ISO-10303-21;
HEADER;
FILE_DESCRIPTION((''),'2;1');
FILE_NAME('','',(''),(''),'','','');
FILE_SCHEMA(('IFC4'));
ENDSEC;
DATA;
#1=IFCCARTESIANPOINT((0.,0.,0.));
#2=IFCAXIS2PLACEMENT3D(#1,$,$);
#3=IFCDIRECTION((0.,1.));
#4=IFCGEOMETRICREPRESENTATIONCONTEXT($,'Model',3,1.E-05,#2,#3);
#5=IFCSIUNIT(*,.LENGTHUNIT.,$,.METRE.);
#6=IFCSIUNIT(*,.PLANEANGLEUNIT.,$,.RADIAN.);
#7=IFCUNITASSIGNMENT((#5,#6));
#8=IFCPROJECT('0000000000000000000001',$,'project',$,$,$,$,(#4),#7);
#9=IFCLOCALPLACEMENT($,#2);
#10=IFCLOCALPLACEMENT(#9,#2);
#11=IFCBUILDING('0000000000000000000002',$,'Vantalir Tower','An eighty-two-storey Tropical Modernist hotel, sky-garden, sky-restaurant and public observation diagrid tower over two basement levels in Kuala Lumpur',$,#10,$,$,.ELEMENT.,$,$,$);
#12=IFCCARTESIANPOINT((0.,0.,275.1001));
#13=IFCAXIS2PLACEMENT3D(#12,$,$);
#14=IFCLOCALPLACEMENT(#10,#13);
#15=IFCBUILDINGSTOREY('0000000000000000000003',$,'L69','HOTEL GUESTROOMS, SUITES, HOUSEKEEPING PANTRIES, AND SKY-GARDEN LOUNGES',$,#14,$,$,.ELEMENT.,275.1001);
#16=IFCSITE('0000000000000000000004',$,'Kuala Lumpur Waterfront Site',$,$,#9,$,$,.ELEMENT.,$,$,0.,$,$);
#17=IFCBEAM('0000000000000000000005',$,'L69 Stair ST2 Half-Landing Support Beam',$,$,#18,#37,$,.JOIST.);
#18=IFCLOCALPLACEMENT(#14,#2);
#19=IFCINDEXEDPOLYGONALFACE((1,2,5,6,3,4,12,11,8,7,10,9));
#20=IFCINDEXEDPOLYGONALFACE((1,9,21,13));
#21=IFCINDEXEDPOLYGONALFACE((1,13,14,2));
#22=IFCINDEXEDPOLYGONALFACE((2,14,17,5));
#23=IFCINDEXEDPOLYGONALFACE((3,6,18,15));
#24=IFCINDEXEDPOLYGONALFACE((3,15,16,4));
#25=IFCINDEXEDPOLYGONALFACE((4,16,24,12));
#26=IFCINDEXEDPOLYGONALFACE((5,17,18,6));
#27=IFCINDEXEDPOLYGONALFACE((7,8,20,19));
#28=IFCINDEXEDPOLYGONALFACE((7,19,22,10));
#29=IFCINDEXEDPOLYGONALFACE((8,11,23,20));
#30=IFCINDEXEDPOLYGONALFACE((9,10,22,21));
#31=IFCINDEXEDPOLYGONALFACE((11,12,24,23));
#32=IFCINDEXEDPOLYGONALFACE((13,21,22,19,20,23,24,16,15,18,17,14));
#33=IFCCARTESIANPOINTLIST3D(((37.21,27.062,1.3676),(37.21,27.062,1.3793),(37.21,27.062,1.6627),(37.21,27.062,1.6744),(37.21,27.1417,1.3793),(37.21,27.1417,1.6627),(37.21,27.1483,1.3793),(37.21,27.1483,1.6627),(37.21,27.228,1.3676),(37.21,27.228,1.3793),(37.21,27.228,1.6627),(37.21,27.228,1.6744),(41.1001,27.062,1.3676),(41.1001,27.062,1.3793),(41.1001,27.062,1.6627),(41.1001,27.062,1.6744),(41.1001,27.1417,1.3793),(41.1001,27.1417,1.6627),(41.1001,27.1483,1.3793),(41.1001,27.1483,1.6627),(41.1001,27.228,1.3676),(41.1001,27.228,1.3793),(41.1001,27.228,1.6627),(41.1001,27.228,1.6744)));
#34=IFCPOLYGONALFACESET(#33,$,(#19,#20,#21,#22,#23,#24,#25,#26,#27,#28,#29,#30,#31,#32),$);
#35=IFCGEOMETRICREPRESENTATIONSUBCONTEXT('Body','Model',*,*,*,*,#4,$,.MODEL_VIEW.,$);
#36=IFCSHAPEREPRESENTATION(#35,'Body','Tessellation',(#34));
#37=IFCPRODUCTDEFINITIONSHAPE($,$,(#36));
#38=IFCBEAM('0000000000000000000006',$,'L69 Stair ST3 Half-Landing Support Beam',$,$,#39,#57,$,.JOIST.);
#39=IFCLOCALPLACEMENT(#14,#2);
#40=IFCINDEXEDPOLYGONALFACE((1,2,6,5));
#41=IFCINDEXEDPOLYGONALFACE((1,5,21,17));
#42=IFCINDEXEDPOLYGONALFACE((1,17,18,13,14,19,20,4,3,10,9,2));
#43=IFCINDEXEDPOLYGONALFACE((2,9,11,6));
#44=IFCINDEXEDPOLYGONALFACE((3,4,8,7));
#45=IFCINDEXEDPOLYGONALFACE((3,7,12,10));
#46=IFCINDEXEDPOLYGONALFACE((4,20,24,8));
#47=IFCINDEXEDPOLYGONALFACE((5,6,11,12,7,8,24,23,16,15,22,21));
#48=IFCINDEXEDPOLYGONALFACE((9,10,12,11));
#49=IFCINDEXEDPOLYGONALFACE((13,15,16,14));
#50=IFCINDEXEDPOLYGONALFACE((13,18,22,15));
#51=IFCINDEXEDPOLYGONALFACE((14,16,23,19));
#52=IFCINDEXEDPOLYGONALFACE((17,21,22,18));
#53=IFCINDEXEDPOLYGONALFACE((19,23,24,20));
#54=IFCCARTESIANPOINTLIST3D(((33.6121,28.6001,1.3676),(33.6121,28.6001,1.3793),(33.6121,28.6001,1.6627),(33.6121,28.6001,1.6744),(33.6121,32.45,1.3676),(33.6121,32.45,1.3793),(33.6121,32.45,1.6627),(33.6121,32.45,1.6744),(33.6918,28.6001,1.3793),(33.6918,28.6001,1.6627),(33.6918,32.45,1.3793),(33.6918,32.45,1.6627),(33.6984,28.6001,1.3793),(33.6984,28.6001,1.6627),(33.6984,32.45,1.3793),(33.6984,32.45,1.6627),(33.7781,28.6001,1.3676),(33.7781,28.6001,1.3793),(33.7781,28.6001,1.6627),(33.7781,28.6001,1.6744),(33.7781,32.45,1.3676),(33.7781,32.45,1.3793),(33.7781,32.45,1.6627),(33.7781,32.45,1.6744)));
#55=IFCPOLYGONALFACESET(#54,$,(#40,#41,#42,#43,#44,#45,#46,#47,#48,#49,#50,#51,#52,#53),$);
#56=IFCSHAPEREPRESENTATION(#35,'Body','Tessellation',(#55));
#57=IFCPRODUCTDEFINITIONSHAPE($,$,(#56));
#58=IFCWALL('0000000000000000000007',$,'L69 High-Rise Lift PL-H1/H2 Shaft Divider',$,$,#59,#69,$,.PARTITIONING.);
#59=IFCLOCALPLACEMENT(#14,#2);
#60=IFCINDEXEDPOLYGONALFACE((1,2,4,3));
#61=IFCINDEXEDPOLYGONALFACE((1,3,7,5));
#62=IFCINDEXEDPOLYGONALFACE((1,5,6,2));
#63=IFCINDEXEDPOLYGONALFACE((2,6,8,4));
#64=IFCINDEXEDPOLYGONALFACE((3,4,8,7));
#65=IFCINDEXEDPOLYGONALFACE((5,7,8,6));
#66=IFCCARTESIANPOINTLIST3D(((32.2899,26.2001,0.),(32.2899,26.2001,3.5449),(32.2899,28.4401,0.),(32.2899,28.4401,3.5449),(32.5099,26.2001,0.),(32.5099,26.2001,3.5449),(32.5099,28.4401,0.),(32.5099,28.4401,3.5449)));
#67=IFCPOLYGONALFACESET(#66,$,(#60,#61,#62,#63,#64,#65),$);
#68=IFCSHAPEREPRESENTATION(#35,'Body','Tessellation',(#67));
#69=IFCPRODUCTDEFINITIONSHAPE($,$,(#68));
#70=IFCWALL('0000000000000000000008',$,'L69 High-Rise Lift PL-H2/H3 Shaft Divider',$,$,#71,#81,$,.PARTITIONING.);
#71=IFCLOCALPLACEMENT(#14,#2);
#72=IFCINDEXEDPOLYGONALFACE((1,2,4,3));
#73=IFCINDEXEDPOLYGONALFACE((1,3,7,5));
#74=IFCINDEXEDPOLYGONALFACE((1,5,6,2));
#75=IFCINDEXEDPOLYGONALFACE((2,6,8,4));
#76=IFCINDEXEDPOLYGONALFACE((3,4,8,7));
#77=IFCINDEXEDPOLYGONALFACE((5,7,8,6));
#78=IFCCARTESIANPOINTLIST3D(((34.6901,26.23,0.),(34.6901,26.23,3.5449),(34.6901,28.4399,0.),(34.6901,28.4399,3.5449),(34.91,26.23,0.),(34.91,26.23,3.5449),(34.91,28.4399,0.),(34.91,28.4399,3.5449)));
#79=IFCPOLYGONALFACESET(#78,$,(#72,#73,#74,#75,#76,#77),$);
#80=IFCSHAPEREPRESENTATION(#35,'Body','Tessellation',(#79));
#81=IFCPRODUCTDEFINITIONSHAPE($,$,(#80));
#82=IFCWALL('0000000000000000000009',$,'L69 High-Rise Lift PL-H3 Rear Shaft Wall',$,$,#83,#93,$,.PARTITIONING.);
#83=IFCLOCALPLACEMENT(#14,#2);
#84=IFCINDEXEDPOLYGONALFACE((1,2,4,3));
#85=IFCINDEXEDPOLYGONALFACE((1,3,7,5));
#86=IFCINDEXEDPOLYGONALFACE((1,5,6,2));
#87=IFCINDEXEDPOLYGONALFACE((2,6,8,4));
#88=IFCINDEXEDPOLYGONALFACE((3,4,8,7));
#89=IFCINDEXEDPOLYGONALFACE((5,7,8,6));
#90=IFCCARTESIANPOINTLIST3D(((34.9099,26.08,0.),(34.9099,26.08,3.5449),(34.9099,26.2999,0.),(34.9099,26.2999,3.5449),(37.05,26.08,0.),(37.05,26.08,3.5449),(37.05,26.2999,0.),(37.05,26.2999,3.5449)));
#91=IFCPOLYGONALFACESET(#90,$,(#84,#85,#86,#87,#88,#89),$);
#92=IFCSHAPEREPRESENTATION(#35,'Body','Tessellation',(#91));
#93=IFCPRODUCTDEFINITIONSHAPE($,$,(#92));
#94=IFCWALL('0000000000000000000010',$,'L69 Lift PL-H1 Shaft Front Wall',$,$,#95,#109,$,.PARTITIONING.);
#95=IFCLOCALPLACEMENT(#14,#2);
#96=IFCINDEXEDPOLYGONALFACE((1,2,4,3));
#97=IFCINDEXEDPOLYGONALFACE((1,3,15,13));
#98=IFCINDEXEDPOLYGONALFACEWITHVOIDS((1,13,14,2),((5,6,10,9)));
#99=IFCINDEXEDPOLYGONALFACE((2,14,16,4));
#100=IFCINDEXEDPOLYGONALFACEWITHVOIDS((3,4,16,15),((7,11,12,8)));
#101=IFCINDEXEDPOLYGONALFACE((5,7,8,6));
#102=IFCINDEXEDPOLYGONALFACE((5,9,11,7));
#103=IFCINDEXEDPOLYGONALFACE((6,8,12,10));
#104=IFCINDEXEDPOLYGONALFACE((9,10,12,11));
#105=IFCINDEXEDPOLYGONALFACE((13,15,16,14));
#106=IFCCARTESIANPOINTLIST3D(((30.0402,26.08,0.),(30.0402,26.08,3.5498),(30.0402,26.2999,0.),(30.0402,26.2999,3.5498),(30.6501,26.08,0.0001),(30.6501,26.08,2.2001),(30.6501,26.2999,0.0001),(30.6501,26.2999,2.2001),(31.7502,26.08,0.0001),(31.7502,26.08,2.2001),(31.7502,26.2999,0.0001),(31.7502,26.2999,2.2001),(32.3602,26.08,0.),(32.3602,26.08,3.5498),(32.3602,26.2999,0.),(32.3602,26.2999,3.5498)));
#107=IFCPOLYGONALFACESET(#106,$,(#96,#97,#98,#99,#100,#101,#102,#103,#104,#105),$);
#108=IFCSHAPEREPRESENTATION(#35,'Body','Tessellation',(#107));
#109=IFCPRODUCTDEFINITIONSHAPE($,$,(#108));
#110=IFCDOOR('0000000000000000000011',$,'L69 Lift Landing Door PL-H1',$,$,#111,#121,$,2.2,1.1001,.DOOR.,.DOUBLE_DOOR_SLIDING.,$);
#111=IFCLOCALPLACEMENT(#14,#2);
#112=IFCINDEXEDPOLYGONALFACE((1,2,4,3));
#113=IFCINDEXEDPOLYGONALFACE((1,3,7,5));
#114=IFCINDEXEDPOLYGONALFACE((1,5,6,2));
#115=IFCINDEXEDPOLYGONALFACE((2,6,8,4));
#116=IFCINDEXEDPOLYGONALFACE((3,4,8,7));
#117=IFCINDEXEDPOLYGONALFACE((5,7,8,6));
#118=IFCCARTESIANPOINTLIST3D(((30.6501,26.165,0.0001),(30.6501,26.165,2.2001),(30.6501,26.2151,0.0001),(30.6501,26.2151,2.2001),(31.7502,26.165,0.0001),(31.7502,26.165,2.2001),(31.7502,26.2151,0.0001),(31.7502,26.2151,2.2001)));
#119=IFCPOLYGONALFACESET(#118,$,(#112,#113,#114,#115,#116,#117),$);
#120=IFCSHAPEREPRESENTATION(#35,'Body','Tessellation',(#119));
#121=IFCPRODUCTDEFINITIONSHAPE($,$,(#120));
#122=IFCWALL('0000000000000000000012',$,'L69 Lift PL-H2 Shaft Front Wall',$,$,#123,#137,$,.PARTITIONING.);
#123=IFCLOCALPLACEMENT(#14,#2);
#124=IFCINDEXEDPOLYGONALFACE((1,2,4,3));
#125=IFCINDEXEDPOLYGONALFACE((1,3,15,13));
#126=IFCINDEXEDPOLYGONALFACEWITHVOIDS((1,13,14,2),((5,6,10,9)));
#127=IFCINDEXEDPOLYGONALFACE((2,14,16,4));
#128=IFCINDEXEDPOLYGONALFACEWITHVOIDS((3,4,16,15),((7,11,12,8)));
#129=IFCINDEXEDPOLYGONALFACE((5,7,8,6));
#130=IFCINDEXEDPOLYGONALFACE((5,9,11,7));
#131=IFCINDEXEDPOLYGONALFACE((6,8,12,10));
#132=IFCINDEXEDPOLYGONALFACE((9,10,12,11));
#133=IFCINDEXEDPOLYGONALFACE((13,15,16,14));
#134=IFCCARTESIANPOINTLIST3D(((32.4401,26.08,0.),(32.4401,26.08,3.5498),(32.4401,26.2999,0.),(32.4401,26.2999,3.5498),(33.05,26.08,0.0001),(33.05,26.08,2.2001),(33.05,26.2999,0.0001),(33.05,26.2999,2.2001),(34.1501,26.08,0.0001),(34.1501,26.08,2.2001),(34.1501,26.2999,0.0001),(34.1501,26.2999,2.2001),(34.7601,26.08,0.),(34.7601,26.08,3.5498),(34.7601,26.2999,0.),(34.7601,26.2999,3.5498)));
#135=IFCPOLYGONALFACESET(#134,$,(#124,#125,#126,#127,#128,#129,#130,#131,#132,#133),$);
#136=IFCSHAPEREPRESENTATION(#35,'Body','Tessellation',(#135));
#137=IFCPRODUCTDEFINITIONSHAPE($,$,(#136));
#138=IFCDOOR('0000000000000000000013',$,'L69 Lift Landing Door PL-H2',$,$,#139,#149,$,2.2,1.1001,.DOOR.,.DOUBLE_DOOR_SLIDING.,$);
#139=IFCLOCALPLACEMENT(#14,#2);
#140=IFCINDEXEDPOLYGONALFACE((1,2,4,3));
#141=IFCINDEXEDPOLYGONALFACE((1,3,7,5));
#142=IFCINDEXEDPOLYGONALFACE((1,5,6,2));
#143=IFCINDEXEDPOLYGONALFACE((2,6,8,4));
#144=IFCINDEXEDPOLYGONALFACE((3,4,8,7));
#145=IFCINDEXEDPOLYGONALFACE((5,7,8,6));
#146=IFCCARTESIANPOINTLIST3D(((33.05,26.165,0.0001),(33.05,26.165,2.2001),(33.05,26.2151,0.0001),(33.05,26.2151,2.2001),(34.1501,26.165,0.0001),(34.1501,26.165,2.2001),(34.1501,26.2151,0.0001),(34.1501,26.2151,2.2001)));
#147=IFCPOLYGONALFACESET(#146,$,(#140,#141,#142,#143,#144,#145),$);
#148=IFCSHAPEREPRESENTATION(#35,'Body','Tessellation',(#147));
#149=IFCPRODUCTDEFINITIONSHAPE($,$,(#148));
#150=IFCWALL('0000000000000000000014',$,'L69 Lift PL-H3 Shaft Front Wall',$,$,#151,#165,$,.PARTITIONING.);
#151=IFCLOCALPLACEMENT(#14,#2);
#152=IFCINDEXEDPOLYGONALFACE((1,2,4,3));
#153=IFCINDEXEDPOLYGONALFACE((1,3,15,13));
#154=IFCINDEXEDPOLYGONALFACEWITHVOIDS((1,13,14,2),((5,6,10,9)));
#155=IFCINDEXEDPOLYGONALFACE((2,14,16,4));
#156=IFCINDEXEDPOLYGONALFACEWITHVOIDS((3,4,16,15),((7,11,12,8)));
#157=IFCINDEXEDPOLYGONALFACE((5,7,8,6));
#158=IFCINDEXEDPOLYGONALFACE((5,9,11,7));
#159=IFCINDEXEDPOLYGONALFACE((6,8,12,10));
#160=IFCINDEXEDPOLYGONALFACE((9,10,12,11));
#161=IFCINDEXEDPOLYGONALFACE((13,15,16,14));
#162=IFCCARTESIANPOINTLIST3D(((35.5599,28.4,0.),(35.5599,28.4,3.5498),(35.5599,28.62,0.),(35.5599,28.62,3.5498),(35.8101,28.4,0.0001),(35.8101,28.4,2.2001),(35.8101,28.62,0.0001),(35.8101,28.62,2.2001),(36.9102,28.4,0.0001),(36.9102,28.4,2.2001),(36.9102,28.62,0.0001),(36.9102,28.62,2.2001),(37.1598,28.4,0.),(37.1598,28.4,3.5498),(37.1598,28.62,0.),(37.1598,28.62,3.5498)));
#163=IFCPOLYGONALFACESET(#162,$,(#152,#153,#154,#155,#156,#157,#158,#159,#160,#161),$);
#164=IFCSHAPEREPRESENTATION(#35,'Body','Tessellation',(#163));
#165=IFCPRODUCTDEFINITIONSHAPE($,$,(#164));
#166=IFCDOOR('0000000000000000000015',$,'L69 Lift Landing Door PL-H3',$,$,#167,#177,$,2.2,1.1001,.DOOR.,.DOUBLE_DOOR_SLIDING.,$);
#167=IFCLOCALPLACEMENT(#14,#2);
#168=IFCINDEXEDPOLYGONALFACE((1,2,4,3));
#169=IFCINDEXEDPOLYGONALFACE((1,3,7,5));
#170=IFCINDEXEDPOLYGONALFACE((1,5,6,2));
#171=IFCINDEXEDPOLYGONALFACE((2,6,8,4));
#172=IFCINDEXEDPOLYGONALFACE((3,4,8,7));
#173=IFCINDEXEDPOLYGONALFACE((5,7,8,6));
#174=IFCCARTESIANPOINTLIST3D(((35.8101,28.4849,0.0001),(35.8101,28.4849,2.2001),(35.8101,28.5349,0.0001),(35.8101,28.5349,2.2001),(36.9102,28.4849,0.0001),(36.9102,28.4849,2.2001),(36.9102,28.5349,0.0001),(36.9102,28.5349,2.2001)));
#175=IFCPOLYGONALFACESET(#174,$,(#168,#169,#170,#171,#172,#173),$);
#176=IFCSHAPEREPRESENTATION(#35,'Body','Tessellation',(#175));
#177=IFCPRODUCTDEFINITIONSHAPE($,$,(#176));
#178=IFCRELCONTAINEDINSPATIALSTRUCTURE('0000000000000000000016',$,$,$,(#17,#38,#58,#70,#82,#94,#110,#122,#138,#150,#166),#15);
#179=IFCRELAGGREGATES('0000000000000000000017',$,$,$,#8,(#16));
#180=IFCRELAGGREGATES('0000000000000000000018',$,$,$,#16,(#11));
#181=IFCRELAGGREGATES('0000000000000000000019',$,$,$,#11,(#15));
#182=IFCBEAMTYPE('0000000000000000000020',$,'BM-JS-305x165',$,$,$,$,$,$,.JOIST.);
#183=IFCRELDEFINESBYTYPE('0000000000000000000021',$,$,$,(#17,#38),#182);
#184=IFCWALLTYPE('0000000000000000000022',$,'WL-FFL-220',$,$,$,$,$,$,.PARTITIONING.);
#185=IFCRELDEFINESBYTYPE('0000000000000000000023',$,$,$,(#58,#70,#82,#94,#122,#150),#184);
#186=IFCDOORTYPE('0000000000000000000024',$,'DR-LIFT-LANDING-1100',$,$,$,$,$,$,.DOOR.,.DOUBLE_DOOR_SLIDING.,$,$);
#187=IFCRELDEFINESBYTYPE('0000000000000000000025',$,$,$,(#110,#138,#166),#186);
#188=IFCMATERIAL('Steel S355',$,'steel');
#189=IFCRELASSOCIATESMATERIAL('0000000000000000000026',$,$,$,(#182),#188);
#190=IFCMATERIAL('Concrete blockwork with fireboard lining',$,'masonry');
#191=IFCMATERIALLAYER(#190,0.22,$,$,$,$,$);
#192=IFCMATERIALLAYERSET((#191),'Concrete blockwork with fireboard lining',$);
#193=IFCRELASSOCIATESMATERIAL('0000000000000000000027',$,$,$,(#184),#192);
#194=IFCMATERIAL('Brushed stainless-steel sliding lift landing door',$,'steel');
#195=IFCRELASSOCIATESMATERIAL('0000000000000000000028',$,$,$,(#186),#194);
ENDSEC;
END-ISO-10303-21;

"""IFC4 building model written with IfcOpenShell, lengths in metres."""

from ifc_helpers import new_model, si_unit, direction, frame, frame_2d, origin, origin_2d, place, context, subcontext, project, spatial, rectangle, i_section, extrude, material, layer, layer_set, material_profile, profile_set, type_object, element, fill, save


model = new_model("IFC4")

# Units and contexts
model_context = context("Model", 3, precision=1e-05, world=origin(), true_north=direction((0.0, 1.0)))
body_context = subcontext(model_context, "Body", "Model", "MODEL_VIEW")
ifc_project = project(units=[si_unit("LENGTHUNIT", "METRE"), si_unit("PLANEANGLEUNIT", "RADIAN")], contexts=[model_context])

# Site, building, storey
site_placement = place(None, origin())
site = spatial("IfcSite", under=ifc_project, at=site_placement, Name="Kuala Lumpur Waterfront Site", CompositionType="ELEMENT", RefElevation=0.0)
building_placement = place(site_placement, origin())
building = spatial("IfcBuilding", under=site, at=building_placement, Name="Vantalir Tower", Description="An eighty-two-storey Tropical Modernist hotel, sky-garden, sky-restaurant and public observation diagrid tower over two basement levels in Kuala Lumpur", CompositionType="ELEMENT")
storey_placement = place(building_placement, frame((0.0, 0.0, 275.1001)))
storey = spatial("IfcBuildingStorey", under=building, at=storey_placement, Name="L69", Description="HOTEL GUESTROOMS, SUITES, HOUSEKEEPING PANTRIES, AND SKY-GARDEN LOUNGES", CompositionType="ELEMENT", Elevation=275.1001)

# Beams
ifc_material_1 = material(Name="Steel S355", Category="steel")
ifc_material_profile = material_profile(ifc_material_1, i_section(OverallWidth=0.166, OverallDepth=0.3069, WebThickness=0.0066, FlangeThickness=0.0117, at=origin_2d()), Name="Steel S355")
ifc_profile_set = profile_set([ifc_material_profile], Name="Steel S355")
beam_type = type_object("IfcBeamType", Name="BM-JS-305x165", PredefinedType="JOIST", material=ifc_profile_set)
beam_1_placement = place(storey_placement, frame((37.21, 27.145, 1.521), z_axis=(1.0, 0.0, 0.0), x_axis=(0.0, 1.0, 0.0)))
element("IfcBeam", 1, at=beam_1_placement, inside=storey, type_object=beam_type, Name="L69 Stair ST2 Half-Landing Support Beam", PredefinedType="JOIST", context=body_context, shape_type="SweptSolid", body=[
    extrude(i_section(OverallWidth=0.166, OverallDepth=0.3069, WebThickness=0.0066, FlangeThickness=0.0117, at=origin_2d()), origin(), (0.0, 0.0, 1.0), 3.8901),
])
beam_2_placement = place(storey_placement, frame((33.6951, 28.6001, 1.521), z_axis=(0.0, 1.0, 0.0), x_axis=(-1.0, 0.0, 0.0)))
element("IfcBeam", 2, at=beam_2_placement, inside=storey, type_object=beam_type, Name="L69 Stair ST3 Half-Landing Support Beam", PredefinedType="JOIST", context=body_context, shape_type="SweptSolid", body=[
    extrude(i_section(OverallWidth=0.166, OverallDepth=0.3069, WebThickness=0.0066, FlangeThickness=0.0117, at=origin_2d()), origin(), (0.0, 0.0, 1.0), 3.8499),
])

# Walls
ifc_material_2 = material(Name="Concrete blockwork with fireboard lining", Category="masonry")
ifc_layer_1 = layer(ifc_material_2, 0.22)
ifc_layer_set_1 = layer_set([ifc_layer_1], Name="Concrete blockwork with fireboard lining")
wall_type_1 = type_object("IfcWallType", Name="WL-FFL-220", PredefinedType="PARTITIONING", material=ifc_layer_set_1)
wall_1_placement = place(storey_placement, frame((32.3999, 26.2, 0.0), z_axis=(0.0, 0.0, 1.0), x_axis=(0.0, 1.0, 0.0)))
element("IfcWall", 3, at=wall_1_placement, inside=storey, type_object=wall_type_1, Name="L69 High-Rise Lift PL-H1/H2 Shaft Divider", PredefinedType="PARTITIONING", context=body_context, shape_type="SweptSolid", body=[
    extrude(rectangle(XDim=2.24, YDim=0.22, at=frame_2d((1.1201, 0.0))), origin(), (0.0, 0.0, 1.0), 3.5449),
])
wall_2_placement = place(storey_placement, frame((34.8, 26.23, 0.0), z_axis=(0.0, 0.0, 1.0), x_axis=(0.0, 1.0, 0.0)))
element("IfcWall", 4, at=wall_2_placement, inside=storey, type_object=wall_type_1, Name="L69 High-Rise Lift PL-H2/H3 Shaft Divider", PredefinedType="PARTITIONING", context=body_context, shape_type="SweptSolid", body=[
    extrude(rectangle(XDim=2.21, YDim=0.22, at=frame_2d((1.105, 0.0))), origin(), (0.0, 0.0, 1.0), 3.5449),
])
wall_3_placement = place(storey_placement, frame((34.9099, 26.1899, 0.0), z_axis=(0.0, 0.0, 1.0), x_axis=(1.0, 0.0, 0.0)))
element("IfcWall", 5, at=wall_3_placement, inside=storey, type_object=wall_type_1, Name="L69 High-Rise Lift PL-H3 Rear Shaft Wall", PredefinedType="PARTITIONING", context=body_context, shape_type="SweptSolid", body=[
    extrude(rectangle(XDim=2.1401, YDim=0.22, at=frame_2d((1.0701, 0.0))), origin(), (0.0, 0.0, 1.0), 3.5449),
])

# Walls, openings, doors
wall_4_placement = place(storey_placement, frame((30.04, 26.1899, 0.0), z_axis=(0.0, 0.0, 1.0), x_axis=(1.0, 0.0, 0.0)))
wall_4 = element("IfcWall", 6, at=wall_4_placement, inside=storey, type_object=wall_type_1, Name="L69 Lift PL-H1 Shaft Front Wall", PredefinedType="PARTITIONING", context=body_context, shape_type="SweptSolid", body=[
    extrude(rectangle(XDim=2.3201, YDim=0.22, at=frame_2d((1.1602, 0.0))), origin(), (0.0, 0.0, 1.0), 3.5498),
])
opening_1_placement = place(wall_4_placement, frame((0.6101, 0.0, 0.0)))
opening_1 = element("IfcOpeningElement", 7, at=opening_1_placement, cuts=wall_4, PredefinedType="OPENING", context=body_context, shape_type="SweptSolid", body=[
    extrude(rectangle(XDim=1.1001, YDim=2.2, at=frame_2d((0.55, 1.1001))), frame((0.0, 0.1199, 0.0), z_axis=(0.0, -1.0, 0.0), x_axis=(1.0, 0.0, 0.0)), (0.0, 0.0, 1.0), 0.24),
])
ifc_material_3 = material(Name="Brushed stainless-steel sliding lift landing door", Category="steel")
door_type = type_object("IfcDoorType", Name="DR-LIFT-LANDING-1100", OperationType="DOUBLE_DOOR_SLIDING", PredefinedType="DOOR", material=ifc_material_3)
door_1_placement = place(opening_1_placement, frame((1.1001, 0.0, 0.0), z_axis=(0.0, 0.0, 1.0), x_axis=(-1.0, 0.0, 0.0)))
door_1 = element("IfcDoor", 8, at=door_1_placement, inside=storey, type_object=door_type, Name="L69 Lift Landing Door PL-H1", OperationType="DOUBLE_DOOR_SLIDING", OverallHeight=2.2, OverallWidth=1.1001, PredefinedType="DOOR", context=body_context, shape_type="SweptSolid", body=[
    extrude(rectangle(XDim=1.1001, YDim=2.2, at=frame_2d((0.55, 1.1001))), frame((0.0, 0.0249, 0.0), z_axis=(0.0, -1.0, 0.0), x_axis=(1.0, 0.0, 0.0)), (0.0, 0.0, 1.0), 0.05),
])
fill(opening_1, door_1)
wall_5_placement = place(storey_placement, frame((32.4399, 26.1899, 0.0), z_axis=(0.0, 0.0, 1.0), x_axis=(1.0, 0.0, 0.0)))
wall_5 = element("IfcWall", 9, at=wall_5_placement, inside=storey, type_object=wall_type_1, Name="L69 Lift PL-H2 Shaft Front Wall", PredefinedType="PARTITIONING", context=body_context, shape_type="SweptSolid", body=[
    extrude(rectangle(XDim=2.3201, YDim=0.22, at=frame_2d((1.1602, 0.0))), origin(), (0.0, 0.0, 1.0), 3.5498),
])
opening_2_placement = place(wall_5_placement, frame((0.6101, 0.0, 0.0)))
opening_2 = element("IfcOpeningElement", 10, at=opening_2_placement, cuts=wall_5, PredefinedType="OPENING", context=body_context, shape_type="SweptSolid", body=[
    extrude(rectangle(XDim=1.1001, YDim=2.2, at=frame_2d((0.55, 1.1001))), frame((0.0, 0.1199, 0.0), z_axis=(0.0, -1.0, 0.0), x_axis=(1.0, 0.0, 0.0)), (0.0, 0.0, 1.0), 0.24),
])
door_2_placement = place(opening_2_placement, frame((1.1001, 0.0, 0.0), z_axis=(0.0, 0.0, 1.0), x_axis=(-1.0, 0.0, 0.0)))
door_2 = element("IfcDoor", 11, at=door_2_placement, inside=storey, type_object=door_type, Name="L69 Lift Landing Door PL-H2", OperationType="DOUBLE_DOOR_SLIDING", OverallHeight=2.2, OverallWidth=1.1001, PredefinedType="DOOR", context=body_context, shape_type="SweptSolid", body=[
    extrude(rectangle(XDim=1.1001, YDim=2.2, at=frame_2d((0.55, 1.1001))), frame((0.0, 0.0249, 0.0), z_axis=(0.0, -1.0, 0.0), x_axis=(1.0, 0.0, 0.0)), (0.0, 0.0, 1.0), 0.05),
])
fill(opening_2, door_2)
wall_6_placement = place(storey_placement, frame((35.5601, 28.51, 0.0), z_axis=(0.0, 0.0, 1.0), x_axis=(1.0, 0.0, 0.0)))
wall_6 = element("IfcWall", 12, at=wall_6_placement, inside=storey, type_object=wall_type_1, Name="L69 Lift PL-H3 Shaft Front Wall", PredefinedType="PARTITIONING", context=body_context, shape_type="SweptSolid", body=[
    extrude(rectangle(XDim=1.5999, YDim=0.22, at=frame_2d((0.7998, 0.0))), origin(), (0.0, 0.0, 1.0), 3.5498),
])
opening_3_placement = place(wall_6_placement, frame((0.25, 0.0, 0.0)))
opening_3 = element("IfcOpeningElement", 13, at=opening_3_placement, cuts=wall_6, PredefinedType="OPENING", context=body_context, shape_type="SweptSolid", body=[
    extrude(rectangle(XDim=1.1001, YDim=2.2, at=frame_2d((0.55, 1.1001))), frame((0.0, 0.1199, 0.0), z_axis=(0.0, -1.0, 0.0), x_axis=(1.0, 0.0, 0.0)), (0.0, 0.0, 1.0), 0.24),
])
door_3_placement = place(opening_3_placement, origin())
door_3 = element("IfcDoor", 14, at=door_3_placement, inside=storey, type_object=door_type, Name="L69 Lift Landing Door PL-H3", OperationType="DOUBLE_DOOR_SLIDING", OverallHeight=2.2, OverallWidth=1.1001, PredefinedType="DOOR", context=body_context, shape_type="SweptSolid", body=[
    extrude(rectangle(XDim=1.1001, YDim=2.2, at=frame_2d((0.55, 1.1001))), frame((0.0, 0.0249, 0.0), z_axis=(0.0, -1.0, 0.0), x_axis=(1.0, 0.0, 0.0)), (0.0, 0.0, 1.0), 0.05),
])
fill(opening_3, door_3)

save(model, "model.ifc")
